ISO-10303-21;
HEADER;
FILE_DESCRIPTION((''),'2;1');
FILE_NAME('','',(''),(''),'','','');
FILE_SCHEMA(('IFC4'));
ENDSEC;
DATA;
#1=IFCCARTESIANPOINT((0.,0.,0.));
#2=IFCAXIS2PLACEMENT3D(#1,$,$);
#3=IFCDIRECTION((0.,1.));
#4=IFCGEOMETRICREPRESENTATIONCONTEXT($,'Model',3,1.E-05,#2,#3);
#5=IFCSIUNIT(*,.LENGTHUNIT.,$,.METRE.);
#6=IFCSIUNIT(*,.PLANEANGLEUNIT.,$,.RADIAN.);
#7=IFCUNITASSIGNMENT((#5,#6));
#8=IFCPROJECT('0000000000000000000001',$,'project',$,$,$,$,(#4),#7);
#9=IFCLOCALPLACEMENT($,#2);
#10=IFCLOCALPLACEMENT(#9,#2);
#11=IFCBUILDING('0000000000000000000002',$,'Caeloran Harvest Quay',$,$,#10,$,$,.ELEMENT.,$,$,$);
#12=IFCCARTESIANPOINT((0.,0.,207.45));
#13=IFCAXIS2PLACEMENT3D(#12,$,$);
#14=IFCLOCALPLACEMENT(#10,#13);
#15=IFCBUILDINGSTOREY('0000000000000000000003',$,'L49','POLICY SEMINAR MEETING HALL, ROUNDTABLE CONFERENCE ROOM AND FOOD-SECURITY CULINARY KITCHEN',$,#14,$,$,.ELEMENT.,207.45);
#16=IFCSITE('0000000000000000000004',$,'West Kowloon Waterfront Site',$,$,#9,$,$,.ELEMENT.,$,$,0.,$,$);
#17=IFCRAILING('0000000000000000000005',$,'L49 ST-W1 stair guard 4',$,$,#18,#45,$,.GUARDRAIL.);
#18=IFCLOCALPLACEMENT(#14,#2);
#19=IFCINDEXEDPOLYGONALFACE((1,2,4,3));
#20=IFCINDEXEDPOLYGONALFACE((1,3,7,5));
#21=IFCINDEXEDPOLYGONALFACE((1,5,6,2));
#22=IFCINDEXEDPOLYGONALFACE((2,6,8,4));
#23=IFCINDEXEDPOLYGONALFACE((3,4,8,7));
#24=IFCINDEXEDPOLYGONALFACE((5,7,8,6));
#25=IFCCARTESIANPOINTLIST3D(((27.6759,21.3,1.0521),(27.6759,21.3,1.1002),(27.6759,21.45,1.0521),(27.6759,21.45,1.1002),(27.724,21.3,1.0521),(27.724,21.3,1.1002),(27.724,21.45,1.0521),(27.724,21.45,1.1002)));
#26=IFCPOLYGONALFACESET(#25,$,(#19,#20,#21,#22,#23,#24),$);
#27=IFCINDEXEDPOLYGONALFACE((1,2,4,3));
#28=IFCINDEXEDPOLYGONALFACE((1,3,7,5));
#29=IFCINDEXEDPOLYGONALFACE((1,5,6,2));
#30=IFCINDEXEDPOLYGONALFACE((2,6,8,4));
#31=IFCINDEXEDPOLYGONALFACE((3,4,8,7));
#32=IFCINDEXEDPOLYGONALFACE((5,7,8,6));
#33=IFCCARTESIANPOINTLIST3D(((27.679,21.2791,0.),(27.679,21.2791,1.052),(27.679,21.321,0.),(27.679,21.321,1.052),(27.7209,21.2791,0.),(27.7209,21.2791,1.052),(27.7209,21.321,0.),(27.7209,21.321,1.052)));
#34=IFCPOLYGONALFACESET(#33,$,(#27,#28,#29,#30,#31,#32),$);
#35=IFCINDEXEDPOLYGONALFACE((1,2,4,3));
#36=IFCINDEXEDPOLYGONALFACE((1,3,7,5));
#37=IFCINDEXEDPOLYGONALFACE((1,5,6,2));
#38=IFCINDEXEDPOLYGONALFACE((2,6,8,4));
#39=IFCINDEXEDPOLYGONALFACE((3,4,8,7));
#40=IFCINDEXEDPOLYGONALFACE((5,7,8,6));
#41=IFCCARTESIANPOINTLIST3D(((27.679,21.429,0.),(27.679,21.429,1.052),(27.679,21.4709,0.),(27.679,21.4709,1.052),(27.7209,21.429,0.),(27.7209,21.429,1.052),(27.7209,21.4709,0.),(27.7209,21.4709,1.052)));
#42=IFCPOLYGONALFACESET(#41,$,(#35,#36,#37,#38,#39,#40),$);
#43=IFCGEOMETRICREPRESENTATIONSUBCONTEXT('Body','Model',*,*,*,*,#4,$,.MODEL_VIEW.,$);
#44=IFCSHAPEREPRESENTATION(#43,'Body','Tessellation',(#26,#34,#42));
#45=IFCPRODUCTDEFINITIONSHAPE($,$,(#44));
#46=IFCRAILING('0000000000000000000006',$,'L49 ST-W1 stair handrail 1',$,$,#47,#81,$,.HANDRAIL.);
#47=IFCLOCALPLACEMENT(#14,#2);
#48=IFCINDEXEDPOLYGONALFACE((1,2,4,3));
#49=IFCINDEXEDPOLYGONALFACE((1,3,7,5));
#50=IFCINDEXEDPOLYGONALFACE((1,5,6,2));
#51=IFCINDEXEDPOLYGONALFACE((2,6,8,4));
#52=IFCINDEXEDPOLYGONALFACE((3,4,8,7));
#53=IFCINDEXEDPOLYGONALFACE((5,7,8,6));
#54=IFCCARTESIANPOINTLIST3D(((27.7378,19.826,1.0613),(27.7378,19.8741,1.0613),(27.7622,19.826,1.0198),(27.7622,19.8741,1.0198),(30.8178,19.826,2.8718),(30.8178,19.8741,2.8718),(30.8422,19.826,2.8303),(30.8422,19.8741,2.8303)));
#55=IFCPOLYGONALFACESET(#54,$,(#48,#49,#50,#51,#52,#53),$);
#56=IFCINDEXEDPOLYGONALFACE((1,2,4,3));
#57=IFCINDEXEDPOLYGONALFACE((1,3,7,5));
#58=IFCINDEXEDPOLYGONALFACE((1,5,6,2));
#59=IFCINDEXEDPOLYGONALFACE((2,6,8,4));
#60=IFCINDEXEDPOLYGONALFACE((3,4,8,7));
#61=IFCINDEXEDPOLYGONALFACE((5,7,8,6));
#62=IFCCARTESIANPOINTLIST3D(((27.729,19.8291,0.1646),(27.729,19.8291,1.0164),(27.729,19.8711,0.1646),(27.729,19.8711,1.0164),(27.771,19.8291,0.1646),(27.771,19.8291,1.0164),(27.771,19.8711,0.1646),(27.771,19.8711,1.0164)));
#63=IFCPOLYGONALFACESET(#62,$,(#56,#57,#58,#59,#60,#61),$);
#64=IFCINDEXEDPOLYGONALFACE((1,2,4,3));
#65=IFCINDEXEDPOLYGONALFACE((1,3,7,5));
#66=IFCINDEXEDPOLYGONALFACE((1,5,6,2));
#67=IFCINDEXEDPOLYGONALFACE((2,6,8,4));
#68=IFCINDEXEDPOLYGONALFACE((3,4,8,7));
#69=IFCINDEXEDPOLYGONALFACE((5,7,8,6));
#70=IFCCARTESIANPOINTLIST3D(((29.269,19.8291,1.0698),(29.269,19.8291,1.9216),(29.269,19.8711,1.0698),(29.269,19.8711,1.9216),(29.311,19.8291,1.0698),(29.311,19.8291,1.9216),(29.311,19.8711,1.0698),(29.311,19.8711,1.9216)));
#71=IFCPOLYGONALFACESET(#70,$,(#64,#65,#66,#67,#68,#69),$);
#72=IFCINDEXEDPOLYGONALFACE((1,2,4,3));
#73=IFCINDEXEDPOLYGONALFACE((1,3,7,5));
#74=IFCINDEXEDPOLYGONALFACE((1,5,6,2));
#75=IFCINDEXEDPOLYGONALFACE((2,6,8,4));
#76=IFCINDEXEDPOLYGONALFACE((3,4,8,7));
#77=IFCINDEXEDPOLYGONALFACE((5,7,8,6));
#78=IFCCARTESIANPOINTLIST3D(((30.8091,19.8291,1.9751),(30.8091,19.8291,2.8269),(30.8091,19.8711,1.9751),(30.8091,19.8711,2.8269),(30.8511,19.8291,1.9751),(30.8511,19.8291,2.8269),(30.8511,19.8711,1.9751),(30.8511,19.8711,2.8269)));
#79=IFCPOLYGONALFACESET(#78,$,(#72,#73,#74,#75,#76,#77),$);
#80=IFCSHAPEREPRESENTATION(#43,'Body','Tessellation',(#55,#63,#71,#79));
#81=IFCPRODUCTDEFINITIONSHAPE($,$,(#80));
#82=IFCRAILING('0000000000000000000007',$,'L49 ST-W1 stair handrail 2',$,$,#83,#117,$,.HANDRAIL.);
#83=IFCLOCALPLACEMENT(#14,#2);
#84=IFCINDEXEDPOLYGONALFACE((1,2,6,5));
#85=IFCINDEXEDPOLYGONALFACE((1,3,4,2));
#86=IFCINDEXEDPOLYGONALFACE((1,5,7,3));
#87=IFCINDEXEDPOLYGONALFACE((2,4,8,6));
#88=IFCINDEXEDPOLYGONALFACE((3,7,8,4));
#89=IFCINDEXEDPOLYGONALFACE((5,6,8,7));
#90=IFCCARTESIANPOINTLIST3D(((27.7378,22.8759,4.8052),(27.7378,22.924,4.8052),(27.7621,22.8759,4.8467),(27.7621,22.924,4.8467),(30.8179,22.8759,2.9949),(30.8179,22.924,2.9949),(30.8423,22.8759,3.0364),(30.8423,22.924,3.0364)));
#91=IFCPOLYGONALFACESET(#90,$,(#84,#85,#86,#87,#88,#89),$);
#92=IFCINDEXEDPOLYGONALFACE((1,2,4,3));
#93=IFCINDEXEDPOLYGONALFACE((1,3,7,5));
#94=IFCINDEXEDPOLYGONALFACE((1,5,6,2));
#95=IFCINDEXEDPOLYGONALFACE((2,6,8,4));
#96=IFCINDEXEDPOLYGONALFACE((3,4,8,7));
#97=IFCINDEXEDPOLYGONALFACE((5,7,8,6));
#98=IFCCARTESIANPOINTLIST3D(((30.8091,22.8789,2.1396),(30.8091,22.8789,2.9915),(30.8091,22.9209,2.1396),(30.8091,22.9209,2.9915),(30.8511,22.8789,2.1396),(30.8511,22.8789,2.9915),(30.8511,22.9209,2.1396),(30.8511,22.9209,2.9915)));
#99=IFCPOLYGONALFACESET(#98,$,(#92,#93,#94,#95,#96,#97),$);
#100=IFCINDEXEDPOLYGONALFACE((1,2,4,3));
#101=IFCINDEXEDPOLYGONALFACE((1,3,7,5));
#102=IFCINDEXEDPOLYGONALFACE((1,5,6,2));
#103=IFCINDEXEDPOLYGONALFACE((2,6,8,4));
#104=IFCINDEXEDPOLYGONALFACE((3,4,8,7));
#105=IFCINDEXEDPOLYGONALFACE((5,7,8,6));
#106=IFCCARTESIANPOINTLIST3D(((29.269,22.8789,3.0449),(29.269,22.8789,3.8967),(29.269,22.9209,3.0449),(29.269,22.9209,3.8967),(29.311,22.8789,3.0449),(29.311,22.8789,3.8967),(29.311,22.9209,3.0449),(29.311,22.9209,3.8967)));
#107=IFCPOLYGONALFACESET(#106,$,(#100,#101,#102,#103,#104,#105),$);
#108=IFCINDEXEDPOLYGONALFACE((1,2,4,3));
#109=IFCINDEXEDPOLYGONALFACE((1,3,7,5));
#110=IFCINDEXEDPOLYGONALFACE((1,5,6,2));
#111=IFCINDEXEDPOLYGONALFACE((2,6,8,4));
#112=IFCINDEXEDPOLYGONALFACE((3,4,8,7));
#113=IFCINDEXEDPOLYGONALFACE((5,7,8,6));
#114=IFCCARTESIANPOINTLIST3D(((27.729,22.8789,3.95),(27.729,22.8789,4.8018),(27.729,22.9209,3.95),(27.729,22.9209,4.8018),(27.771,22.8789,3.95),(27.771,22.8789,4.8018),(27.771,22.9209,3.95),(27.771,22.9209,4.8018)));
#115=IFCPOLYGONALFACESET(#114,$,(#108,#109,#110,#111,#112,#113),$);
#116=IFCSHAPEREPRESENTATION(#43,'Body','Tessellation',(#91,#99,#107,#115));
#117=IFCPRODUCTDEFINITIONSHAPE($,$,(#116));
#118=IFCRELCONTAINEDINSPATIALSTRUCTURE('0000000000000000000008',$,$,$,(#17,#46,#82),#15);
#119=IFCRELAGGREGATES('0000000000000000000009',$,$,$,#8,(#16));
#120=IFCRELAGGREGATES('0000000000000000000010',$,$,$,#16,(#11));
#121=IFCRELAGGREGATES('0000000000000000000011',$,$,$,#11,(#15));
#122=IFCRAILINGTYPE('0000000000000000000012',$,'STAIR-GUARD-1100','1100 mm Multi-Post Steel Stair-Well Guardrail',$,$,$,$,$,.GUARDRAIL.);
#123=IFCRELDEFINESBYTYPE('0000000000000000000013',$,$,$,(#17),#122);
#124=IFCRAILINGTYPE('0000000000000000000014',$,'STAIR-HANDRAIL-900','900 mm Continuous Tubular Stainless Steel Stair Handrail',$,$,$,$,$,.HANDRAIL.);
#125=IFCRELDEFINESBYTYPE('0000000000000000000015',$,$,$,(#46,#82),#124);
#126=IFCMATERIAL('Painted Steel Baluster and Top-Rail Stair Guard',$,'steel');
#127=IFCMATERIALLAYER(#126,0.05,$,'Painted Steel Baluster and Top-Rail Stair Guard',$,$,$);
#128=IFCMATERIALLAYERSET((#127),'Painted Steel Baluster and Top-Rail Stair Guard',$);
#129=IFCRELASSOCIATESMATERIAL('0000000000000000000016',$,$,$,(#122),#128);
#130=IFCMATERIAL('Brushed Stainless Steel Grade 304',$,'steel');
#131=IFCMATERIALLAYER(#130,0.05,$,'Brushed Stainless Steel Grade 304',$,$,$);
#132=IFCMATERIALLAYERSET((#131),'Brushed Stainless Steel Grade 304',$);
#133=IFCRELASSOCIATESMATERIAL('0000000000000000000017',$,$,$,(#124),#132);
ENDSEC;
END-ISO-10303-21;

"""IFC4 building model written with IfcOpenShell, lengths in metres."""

from ifc_helpers import new_model, si_unit, direction, frame, origin, origin_2d, place, context, subcontext, project, spatial, rectangle, extrude, material, layer, layer_set, type_object, element, save


model = new_model("IFC4")

# Units and contexts
model_context = context("Model", 3, precision=1e-05, world=origin(), true_north=direction((0.0, 1.0)))
body_context = subcontext(model_context, "Body", "Model", "MODEL_VIEW")
ifc_project = project(units=[si_unit("LENGTHUNIT", "METRE"), si_unit("PLANEANGLEUNIT", "RADIAN")], contexts=[model_context])

# Site, building, storey
site_placement = place(None, origin())
site = spatial("IfcSite", under=ifc_project, at=site_placement, Name="West Kowloon Waterfront Site", CompositionType="ELEMENT", RefElevation=0.0)
building_placement = place(site_placement, origin())
building = spatial("IfcBuilding", under=site, at=building_placement, Name="Caeloran Harvest Quay", CompositionType="ELEMENT")
storey_placement = place(building_placement, frame((0.0, 0.0, 207.45)))
storey = spatial("IfcBuildingStorey", under=building, at=storey_placement, Name="L49", Description="POLICY SEMINAR MEETING HALL, ROUNDTABLE CONFERENCE ROOM AND FOOD-SECURITY CULINARY KITCHEN", CompositionType="ELEMENT", Elevation=207.45)

# Railings
ifc_material_1 = material(Name="Painted Steel Baluster and Top-Rail Stair Guard", Category="steel")
ifc_layer_1 = layer(ifc_material_1, 0.05, Name="Painted Steel Baluster and Top-Rail Stair Guard")
ifc_layer_set_1 = layer_set([ifc_layer_1], Name="Painted Steel Baluster and Top-Rail Stair Guard")
railing_type_1 = type_object("IfcRailingType", Name="STAIR-GUARD-1100", Description="1100 mm Multi-Post Steel Stair-Well Guardrail", PredefinedType="GUARDRAIL", material=ifc_layer_set_1)
railing_1_placement = place(storey_placement, frame((27.7, 21.3, 0.0)))
element("IfcRailing", 1, at=railing_1_placement, inside=storey, type_object=railing_type_1, Name="L49 ST-W1 stair guard 4", PredefinedType="GUARDRAIL", context=body_context, shape_type="SweptSolid", body=[
    extrude(rectangle(XDim=0.0481, YDim=0.0481, at=origin_2d()), frame((0.0, 0.0, 1.0762), z_axis=(0.0, 1.0, 0.0), x_axis=(-1.0, 0.0, 0.0)), (0.0, 0.0, 1.0), 0.1499),
    extrude(rectangle(XDim=0.042, YDim=0.042, at=origin_2d()), origin(), (0.0, 0.0, 1.0), 1.052),
    extrude(rectangle(XDim=0.042, YDim=0.042, at=origin_2d()), frame((0.0, 0.1499, 0.0)), (0.0, 0.0, 1.0), 1.052),
])
ifc_material_2 = material(Name="Brushed Stainless Steel Grade 304", Category="steel")
ifc_layer_2 = layer(ifc_material_2, 0.05, Name="Brushed Stainless Steel Grade 304")
ifc_layer_set_2 = layer_set([ifc_layer_2], Name="Brushed Stainless Steel Grade 304")
railing_type_2 = type_object("IfcRailingType", Name="STAIR-HANDRAIL-900", Description="900 mm Continuous Tubular Stainless Steel Stair Handrail", PredefinedType="HANDRAIL", material=ifc_layer_set_2)
railing_2_placement = place(storey_placement, frame((27.75, 19.8501, 0.1646)))
element("IfcRailing", 2, at=railing_2_placement, inside=storey, type_object=railing_type_2, Name="L49 ST-W1 stair handrail 1", PredefinedType="HANDRAIL", context=body_context, shape_type="SweptSolid", body=[
    extrude(rectangle(XDim=0.0481, YDim=0.0481, at=origin_2d()), frame((0.0, 0.0, 0.876), z_axis=(0.862089, 0.0, 0.506757), x_axis=(0.0, 1.0, 0.0)), (0.0, 0.0, 1.0), 3.5728),
    extrude(rectangle(XDim=0.042, YDim=0.042, at=origin_2d()), origin(), (0.0, 0.0, 1.0), 0.8518),
    extrude(rectangle(XDim=0.042, YDim=0.042, at=origin_2d()), frame((1.54, 0.0, 0.9053)), (0.0, 0.0, 1.0), 0.8518),
    extrude(rectangle(XDim=0.042, YDim=0.042, at=origin_2d()), frame((3.0801, 0.0, 1.8105)), (0.0, 0.0, 1.0), 0.8518),
])
railing_3_placement = place(storey_placement, frame((30.8301, 22.8999, 2.1396)))
element("IfcRailing", 3, at=railing_3_placement, inside=storey, type_object=railing_type_2, Name="L49 ST-W1 stair handrail 2", PredefinedType="HANDRAIL", context=body_context, shape_type="SweptSolid", body=[
    extrude(rectangle(XDim=0.0481, YDim=0.0481, at=origin_2d()), frame((0.0, 0.0, 0.876), z_axis=(-0.862119, 0.0, 0.506707), x_axis=(0.0, -1.0, 0.0)), (0.0, 0.0, 1.0), 3.5728),
    extrude(rectangle(XDim=0.042, YDim=0.042, at=origin_2d()), origin(), (0.0, 0.0, 1.0), 0.8518),
    extrude(rectangle(XDim=0.042, YDim=0.042, at=origin_2d()), frame((-1.54, 0.0, 0.9053)), (0.0, 0.0, 1.0), 0.8518),
    extrude(rectangle(XDim=0.042, YDim=0.042, at=origin_2d()), frame((-3.0801, 0.0, 1.8103)), (0.0, 0.0, 1.0), 0.8518),
])

save(model, "model.ifc")
